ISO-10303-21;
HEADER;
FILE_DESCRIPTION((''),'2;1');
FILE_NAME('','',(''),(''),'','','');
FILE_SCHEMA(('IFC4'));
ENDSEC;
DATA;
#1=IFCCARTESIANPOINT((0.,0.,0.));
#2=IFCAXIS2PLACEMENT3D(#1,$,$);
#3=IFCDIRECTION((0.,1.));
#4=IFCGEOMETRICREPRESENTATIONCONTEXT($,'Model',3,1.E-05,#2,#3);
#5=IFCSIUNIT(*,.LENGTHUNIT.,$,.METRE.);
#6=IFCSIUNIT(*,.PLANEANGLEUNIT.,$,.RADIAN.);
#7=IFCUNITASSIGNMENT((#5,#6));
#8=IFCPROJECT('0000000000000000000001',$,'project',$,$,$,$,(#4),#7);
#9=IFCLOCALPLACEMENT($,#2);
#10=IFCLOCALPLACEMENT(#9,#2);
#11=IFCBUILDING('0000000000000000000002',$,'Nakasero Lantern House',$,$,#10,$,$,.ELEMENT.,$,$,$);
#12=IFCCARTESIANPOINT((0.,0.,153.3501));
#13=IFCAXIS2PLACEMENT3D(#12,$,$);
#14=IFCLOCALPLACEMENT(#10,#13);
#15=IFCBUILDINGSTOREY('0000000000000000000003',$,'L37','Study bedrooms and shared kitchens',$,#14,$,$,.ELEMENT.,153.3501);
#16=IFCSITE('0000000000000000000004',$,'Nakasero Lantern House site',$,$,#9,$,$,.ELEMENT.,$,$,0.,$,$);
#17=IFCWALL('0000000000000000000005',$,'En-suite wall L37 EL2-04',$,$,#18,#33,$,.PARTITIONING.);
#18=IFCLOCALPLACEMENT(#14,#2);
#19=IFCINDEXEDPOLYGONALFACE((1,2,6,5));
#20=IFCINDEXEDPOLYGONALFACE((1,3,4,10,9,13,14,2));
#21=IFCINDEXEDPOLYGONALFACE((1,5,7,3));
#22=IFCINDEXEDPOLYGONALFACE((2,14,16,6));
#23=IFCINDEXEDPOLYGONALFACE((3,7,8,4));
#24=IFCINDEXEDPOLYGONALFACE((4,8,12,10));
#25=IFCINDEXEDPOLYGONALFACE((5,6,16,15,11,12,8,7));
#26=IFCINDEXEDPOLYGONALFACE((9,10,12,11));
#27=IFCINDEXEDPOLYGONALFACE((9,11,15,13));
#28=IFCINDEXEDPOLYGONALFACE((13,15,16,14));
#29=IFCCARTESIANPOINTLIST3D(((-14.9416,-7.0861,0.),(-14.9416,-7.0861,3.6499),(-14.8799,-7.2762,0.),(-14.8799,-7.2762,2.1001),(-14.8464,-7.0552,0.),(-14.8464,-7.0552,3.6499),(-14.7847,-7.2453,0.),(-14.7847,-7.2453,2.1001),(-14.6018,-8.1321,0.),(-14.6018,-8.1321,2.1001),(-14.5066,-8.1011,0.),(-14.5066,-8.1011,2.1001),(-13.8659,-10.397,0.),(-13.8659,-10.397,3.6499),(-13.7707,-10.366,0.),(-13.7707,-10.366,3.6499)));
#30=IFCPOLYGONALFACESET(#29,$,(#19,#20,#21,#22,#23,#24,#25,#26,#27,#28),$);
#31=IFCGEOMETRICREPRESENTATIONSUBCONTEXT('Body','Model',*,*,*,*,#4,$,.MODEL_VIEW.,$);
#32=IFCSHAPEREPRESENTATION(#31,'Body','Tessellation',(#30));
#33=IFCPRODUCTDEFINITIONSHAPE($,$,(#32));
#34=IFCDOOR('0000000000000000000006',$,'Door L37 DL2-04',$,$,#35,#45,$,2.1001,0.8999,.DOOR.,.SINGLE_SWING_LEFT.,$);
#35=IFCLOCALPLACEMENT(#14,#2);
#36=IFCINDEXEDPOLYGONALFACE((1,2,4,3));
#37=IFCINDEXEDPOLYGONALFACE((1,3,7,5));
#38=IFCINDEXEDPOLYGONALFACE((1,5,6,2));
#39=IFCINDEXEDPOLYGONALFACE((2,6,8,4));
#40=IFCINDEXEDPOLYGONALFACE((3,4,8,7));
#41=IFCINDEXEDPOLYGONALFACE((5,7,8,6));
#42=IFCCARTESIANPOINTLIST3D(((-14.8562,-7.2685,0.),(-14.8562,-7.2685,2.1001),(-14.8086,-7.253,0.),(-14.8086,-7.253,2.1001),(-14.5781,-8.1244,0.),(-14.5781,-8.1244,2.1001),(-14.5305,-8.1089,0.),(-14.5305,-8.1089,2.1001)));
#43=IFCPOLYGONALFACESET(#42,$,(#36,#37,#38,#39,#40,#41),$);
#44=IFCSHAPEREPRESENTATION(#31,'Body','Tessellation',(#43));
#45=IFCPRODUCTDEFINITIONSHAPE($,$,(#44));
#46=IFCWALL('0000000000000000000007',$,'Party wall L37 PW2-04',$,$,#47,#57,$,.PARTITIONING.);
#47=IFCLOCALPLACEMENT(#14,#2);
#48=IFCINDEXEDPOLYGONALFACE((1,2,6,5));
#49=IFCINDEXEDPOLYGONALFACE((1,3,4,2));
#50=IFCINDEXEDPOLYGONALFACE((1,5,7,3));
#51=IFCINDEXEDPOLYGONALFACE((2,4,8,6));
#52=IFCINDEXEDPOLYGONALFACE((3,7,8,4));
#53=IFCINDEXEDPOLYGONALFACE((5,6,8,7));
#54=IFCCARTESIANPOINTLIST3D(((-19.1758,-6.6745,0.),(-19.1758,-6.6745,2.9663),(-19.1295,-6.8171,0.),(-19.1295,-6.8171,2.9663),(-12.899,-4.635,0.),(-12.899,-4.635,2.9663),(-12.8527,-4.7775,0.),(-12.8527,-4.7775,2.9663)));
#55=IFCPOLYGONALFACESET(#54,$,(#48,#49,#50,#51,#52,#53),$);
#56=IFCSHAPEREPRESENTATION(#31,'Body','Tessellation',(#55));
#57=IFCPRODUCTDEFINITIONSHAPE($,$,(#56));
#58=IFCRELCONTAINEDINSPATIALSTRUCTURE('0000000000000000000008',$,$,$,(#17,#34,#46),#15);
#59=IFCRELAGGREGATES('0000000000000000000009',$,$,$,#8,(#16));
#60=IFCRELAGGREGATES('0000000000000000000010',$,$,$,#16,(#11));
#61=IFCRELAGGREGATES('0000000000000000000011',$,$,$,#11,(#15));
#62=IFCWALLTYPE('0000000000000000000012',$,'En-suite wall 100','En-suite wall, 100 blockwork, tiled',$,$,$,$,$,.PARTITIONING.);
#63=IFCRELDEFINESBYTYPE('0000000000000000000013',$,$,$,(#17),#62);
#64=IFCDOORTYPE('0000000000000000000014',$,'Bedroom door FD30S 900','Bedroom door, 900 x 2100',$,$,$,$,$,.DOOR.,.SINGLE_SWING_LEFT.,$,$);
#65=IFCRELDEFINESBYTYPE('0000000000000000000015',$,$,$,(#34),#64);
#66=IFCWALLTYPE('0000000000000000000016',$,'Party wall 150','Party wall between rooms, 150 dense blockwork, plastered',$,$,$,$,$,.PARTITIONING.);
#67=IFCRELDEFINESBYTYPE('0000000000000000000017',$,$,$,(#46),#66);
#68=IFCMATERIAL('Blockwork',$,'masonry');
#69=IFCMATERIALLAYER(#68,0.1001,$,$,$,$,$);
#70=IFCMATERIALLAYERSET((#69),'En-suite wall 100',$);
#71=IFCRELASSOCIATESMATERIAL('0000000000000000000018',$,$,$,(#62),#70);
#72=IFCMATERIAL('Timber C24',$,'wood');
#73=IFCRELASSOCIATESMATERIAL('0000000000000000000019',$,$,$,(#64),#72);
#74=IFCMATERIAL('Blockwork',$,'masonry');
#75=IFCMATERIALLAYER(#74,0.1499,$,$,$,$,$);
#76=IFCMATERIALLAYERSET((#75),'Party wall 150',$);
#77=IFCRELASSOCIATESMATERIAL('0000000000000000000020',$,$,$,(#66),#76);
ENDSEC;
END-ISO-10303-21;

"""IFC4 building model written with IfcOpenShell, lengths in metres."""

from ifc_helpers import new_model, si_unit, direction, frame, frame_2d, origin, place, context, subcontext, project, spatial, rectangle, extrude, material, layer, layer_set, type_object, element, fill, save


model = new_model("IFC4")

# Units and contexts
model_context = context("Model", 3, precision=1e-05, world=origin(), true_north=direction((0.0, 1.0)))
body_context = subcontext(model_context, "Body", "Model", "MODEL_VIEW")
ifc_project = project(units=[si_unit("LENGTHUNIT", "METRE"), si_unit("PLANEANGLEUNIT", "RADIAN")], contexts=[model_context])

# Site, building, storey
site_placement = place(None, origin())
site = spatial("IfcSite", under=ifc_project, at=site_placement, Name="Nakasero Lantern House site", CompositionType="ELEMENT", RefElevation=0.0)
building_placement = place(site_placement, origin())
building = spatial("IfcBuilding", under=site, at=building_placement, Name="Nakasero Lantern House", CompositionType="ELEMENT")
storey_placement = place(building_placement, frame((0.0, 0.0, 153.3501)))
storey = spatial("IfcBuildingStorey", under=building, at=storey_placement, Name="L37", Description="Study bedrooms and shared kitchens", CompositionType="ELEMENT", Elevation=153.3501)

# Shared definitions
ifc_material_1 = material(Name="Blockwork", Category="masonry")
ifc_layer_1 = layer(ifc_material_1, 0.1001)
ifc_layer_set_1 = layer_set([ifc_layer_1], Name="En-suite wall 100")
wall_type_1 = type_object("IfcWallType", Name="En-suite wall 100", Description="En-suite wall, 100 blockwork, tiled", PredefinedType="PARTITIONING", material=ifc_layer_set_1)

# Wall, opening, door
wall_1_placement = place(storey_placement, frame((-14.894, -7.0706, 0.0), z_axis=(0.0, 0.0, 1.0), x_axis=(0.309002, -0.951061, 0.0)))
wall_1 = element("IfcWall", 1, at=wall_1_placement, inside=storey, type_object=wall_type_1, Name="En-suite wall L37 EL2-04", PredefinedType="PARTITIONING", context=body_context, shape_type="SweptSolid", body=[
    extrude(rectangle(XDim=3.4812, YDim=0.1001, at=frame_2d((1.7407, 0.0))), origin(), (0.0, 0.0, 1.0), 3.6499),
])
opening_placement = place(wall_1_placement, frame((0.2, 0.0, 0.0)))
opening = element("IfcOpeningElement", 2, at=opening_placement, cuts=wall_1, PredefinedType="OPENING", context=body_context, shape_type="SweptSolid", body=[
    extrude(rectangle(XDim=0.8999, YDim=2.1001, at=frame_2d((0.45, 1.05))), frame((0.0, 0.0701, 0.0), z_axis=(0.0, -1.0, 0.0), x_axis=(1.0, 0.0, 0.0)), (0.0, 0.0, 1.0), 0.1401),
])
ifc_material_2 = material(Name="Timber C24", Category="wood")
door_type = type_object("IfcDoorType", Name="Bedroom door FD30S 900", Description="Bedroom door, 900 x 2100", OperationType="SINGLE_SWING_LEFT", PredefinedType="DOOR", material=ifc_material_2)
door_placement = place(opening_placement, origin())
door = element("IfcDoor", 3, at=door_placement, inside=storey, type_object=door_type, Name="Door L37 DL2-04", OperationType="SINGLE_SWING_LEFT", OverallHeight=2.1001, OverallWidth=0.8999, PredefinedType="DOOR", context=body_context, shape_type="SweptSolid", body=[
    extrude(rectangle(XDim=0.8999, YDim=2.1001, at=frame_2d((0.45, 1.05))), frame((0.0, 0.0249, 0.0), z_axis=(0.0, -1.0, 0.0), x_axis=(1.0, 0.0, 0.0)), (0.0, 0.0, 1.0), 0.05),
])
fill(opening, door)

# Wall
ifc_material_3 = material(Name="Blockwork", Category="masonry")
ifc_layer_2 = layer(ifc_material_3, 0.1499)
ifc_layer_set_2 = layer_set([ifc_layer_2], Name="Party wall 150")
wall_type_2 = type_object("IfcWallType", Name="Party wall 150", Description="Party wall between rooms, 150 dense blockwork, plastered", PredefinedType="PARTITIONING", material=ifc_layer_set_2)
wall_2_placement = place(storey_placement, frame((-12.876, -4.7063, 0.0), z_axis=(0.0, 0.0, 1.0), x_axis=(-0.951053, -0.309028, 0.0)))
element("IfcWall", 4, at=wall_2_placement, inside=storey, type_object=wall_type_2, Name="Party wall L37 PW2-04", PredefinedType="PARTITIONING", context=body_context, shape_type="SweptSolid", body=[
    extrude(rectangle(XDim=6.5999, YDim=0.1499, at=frame_2d((3.2998, 0.0))), origin(), (0.0, 0.0, 1.0), 2.9663),
])

save(model, "model.ifc")
